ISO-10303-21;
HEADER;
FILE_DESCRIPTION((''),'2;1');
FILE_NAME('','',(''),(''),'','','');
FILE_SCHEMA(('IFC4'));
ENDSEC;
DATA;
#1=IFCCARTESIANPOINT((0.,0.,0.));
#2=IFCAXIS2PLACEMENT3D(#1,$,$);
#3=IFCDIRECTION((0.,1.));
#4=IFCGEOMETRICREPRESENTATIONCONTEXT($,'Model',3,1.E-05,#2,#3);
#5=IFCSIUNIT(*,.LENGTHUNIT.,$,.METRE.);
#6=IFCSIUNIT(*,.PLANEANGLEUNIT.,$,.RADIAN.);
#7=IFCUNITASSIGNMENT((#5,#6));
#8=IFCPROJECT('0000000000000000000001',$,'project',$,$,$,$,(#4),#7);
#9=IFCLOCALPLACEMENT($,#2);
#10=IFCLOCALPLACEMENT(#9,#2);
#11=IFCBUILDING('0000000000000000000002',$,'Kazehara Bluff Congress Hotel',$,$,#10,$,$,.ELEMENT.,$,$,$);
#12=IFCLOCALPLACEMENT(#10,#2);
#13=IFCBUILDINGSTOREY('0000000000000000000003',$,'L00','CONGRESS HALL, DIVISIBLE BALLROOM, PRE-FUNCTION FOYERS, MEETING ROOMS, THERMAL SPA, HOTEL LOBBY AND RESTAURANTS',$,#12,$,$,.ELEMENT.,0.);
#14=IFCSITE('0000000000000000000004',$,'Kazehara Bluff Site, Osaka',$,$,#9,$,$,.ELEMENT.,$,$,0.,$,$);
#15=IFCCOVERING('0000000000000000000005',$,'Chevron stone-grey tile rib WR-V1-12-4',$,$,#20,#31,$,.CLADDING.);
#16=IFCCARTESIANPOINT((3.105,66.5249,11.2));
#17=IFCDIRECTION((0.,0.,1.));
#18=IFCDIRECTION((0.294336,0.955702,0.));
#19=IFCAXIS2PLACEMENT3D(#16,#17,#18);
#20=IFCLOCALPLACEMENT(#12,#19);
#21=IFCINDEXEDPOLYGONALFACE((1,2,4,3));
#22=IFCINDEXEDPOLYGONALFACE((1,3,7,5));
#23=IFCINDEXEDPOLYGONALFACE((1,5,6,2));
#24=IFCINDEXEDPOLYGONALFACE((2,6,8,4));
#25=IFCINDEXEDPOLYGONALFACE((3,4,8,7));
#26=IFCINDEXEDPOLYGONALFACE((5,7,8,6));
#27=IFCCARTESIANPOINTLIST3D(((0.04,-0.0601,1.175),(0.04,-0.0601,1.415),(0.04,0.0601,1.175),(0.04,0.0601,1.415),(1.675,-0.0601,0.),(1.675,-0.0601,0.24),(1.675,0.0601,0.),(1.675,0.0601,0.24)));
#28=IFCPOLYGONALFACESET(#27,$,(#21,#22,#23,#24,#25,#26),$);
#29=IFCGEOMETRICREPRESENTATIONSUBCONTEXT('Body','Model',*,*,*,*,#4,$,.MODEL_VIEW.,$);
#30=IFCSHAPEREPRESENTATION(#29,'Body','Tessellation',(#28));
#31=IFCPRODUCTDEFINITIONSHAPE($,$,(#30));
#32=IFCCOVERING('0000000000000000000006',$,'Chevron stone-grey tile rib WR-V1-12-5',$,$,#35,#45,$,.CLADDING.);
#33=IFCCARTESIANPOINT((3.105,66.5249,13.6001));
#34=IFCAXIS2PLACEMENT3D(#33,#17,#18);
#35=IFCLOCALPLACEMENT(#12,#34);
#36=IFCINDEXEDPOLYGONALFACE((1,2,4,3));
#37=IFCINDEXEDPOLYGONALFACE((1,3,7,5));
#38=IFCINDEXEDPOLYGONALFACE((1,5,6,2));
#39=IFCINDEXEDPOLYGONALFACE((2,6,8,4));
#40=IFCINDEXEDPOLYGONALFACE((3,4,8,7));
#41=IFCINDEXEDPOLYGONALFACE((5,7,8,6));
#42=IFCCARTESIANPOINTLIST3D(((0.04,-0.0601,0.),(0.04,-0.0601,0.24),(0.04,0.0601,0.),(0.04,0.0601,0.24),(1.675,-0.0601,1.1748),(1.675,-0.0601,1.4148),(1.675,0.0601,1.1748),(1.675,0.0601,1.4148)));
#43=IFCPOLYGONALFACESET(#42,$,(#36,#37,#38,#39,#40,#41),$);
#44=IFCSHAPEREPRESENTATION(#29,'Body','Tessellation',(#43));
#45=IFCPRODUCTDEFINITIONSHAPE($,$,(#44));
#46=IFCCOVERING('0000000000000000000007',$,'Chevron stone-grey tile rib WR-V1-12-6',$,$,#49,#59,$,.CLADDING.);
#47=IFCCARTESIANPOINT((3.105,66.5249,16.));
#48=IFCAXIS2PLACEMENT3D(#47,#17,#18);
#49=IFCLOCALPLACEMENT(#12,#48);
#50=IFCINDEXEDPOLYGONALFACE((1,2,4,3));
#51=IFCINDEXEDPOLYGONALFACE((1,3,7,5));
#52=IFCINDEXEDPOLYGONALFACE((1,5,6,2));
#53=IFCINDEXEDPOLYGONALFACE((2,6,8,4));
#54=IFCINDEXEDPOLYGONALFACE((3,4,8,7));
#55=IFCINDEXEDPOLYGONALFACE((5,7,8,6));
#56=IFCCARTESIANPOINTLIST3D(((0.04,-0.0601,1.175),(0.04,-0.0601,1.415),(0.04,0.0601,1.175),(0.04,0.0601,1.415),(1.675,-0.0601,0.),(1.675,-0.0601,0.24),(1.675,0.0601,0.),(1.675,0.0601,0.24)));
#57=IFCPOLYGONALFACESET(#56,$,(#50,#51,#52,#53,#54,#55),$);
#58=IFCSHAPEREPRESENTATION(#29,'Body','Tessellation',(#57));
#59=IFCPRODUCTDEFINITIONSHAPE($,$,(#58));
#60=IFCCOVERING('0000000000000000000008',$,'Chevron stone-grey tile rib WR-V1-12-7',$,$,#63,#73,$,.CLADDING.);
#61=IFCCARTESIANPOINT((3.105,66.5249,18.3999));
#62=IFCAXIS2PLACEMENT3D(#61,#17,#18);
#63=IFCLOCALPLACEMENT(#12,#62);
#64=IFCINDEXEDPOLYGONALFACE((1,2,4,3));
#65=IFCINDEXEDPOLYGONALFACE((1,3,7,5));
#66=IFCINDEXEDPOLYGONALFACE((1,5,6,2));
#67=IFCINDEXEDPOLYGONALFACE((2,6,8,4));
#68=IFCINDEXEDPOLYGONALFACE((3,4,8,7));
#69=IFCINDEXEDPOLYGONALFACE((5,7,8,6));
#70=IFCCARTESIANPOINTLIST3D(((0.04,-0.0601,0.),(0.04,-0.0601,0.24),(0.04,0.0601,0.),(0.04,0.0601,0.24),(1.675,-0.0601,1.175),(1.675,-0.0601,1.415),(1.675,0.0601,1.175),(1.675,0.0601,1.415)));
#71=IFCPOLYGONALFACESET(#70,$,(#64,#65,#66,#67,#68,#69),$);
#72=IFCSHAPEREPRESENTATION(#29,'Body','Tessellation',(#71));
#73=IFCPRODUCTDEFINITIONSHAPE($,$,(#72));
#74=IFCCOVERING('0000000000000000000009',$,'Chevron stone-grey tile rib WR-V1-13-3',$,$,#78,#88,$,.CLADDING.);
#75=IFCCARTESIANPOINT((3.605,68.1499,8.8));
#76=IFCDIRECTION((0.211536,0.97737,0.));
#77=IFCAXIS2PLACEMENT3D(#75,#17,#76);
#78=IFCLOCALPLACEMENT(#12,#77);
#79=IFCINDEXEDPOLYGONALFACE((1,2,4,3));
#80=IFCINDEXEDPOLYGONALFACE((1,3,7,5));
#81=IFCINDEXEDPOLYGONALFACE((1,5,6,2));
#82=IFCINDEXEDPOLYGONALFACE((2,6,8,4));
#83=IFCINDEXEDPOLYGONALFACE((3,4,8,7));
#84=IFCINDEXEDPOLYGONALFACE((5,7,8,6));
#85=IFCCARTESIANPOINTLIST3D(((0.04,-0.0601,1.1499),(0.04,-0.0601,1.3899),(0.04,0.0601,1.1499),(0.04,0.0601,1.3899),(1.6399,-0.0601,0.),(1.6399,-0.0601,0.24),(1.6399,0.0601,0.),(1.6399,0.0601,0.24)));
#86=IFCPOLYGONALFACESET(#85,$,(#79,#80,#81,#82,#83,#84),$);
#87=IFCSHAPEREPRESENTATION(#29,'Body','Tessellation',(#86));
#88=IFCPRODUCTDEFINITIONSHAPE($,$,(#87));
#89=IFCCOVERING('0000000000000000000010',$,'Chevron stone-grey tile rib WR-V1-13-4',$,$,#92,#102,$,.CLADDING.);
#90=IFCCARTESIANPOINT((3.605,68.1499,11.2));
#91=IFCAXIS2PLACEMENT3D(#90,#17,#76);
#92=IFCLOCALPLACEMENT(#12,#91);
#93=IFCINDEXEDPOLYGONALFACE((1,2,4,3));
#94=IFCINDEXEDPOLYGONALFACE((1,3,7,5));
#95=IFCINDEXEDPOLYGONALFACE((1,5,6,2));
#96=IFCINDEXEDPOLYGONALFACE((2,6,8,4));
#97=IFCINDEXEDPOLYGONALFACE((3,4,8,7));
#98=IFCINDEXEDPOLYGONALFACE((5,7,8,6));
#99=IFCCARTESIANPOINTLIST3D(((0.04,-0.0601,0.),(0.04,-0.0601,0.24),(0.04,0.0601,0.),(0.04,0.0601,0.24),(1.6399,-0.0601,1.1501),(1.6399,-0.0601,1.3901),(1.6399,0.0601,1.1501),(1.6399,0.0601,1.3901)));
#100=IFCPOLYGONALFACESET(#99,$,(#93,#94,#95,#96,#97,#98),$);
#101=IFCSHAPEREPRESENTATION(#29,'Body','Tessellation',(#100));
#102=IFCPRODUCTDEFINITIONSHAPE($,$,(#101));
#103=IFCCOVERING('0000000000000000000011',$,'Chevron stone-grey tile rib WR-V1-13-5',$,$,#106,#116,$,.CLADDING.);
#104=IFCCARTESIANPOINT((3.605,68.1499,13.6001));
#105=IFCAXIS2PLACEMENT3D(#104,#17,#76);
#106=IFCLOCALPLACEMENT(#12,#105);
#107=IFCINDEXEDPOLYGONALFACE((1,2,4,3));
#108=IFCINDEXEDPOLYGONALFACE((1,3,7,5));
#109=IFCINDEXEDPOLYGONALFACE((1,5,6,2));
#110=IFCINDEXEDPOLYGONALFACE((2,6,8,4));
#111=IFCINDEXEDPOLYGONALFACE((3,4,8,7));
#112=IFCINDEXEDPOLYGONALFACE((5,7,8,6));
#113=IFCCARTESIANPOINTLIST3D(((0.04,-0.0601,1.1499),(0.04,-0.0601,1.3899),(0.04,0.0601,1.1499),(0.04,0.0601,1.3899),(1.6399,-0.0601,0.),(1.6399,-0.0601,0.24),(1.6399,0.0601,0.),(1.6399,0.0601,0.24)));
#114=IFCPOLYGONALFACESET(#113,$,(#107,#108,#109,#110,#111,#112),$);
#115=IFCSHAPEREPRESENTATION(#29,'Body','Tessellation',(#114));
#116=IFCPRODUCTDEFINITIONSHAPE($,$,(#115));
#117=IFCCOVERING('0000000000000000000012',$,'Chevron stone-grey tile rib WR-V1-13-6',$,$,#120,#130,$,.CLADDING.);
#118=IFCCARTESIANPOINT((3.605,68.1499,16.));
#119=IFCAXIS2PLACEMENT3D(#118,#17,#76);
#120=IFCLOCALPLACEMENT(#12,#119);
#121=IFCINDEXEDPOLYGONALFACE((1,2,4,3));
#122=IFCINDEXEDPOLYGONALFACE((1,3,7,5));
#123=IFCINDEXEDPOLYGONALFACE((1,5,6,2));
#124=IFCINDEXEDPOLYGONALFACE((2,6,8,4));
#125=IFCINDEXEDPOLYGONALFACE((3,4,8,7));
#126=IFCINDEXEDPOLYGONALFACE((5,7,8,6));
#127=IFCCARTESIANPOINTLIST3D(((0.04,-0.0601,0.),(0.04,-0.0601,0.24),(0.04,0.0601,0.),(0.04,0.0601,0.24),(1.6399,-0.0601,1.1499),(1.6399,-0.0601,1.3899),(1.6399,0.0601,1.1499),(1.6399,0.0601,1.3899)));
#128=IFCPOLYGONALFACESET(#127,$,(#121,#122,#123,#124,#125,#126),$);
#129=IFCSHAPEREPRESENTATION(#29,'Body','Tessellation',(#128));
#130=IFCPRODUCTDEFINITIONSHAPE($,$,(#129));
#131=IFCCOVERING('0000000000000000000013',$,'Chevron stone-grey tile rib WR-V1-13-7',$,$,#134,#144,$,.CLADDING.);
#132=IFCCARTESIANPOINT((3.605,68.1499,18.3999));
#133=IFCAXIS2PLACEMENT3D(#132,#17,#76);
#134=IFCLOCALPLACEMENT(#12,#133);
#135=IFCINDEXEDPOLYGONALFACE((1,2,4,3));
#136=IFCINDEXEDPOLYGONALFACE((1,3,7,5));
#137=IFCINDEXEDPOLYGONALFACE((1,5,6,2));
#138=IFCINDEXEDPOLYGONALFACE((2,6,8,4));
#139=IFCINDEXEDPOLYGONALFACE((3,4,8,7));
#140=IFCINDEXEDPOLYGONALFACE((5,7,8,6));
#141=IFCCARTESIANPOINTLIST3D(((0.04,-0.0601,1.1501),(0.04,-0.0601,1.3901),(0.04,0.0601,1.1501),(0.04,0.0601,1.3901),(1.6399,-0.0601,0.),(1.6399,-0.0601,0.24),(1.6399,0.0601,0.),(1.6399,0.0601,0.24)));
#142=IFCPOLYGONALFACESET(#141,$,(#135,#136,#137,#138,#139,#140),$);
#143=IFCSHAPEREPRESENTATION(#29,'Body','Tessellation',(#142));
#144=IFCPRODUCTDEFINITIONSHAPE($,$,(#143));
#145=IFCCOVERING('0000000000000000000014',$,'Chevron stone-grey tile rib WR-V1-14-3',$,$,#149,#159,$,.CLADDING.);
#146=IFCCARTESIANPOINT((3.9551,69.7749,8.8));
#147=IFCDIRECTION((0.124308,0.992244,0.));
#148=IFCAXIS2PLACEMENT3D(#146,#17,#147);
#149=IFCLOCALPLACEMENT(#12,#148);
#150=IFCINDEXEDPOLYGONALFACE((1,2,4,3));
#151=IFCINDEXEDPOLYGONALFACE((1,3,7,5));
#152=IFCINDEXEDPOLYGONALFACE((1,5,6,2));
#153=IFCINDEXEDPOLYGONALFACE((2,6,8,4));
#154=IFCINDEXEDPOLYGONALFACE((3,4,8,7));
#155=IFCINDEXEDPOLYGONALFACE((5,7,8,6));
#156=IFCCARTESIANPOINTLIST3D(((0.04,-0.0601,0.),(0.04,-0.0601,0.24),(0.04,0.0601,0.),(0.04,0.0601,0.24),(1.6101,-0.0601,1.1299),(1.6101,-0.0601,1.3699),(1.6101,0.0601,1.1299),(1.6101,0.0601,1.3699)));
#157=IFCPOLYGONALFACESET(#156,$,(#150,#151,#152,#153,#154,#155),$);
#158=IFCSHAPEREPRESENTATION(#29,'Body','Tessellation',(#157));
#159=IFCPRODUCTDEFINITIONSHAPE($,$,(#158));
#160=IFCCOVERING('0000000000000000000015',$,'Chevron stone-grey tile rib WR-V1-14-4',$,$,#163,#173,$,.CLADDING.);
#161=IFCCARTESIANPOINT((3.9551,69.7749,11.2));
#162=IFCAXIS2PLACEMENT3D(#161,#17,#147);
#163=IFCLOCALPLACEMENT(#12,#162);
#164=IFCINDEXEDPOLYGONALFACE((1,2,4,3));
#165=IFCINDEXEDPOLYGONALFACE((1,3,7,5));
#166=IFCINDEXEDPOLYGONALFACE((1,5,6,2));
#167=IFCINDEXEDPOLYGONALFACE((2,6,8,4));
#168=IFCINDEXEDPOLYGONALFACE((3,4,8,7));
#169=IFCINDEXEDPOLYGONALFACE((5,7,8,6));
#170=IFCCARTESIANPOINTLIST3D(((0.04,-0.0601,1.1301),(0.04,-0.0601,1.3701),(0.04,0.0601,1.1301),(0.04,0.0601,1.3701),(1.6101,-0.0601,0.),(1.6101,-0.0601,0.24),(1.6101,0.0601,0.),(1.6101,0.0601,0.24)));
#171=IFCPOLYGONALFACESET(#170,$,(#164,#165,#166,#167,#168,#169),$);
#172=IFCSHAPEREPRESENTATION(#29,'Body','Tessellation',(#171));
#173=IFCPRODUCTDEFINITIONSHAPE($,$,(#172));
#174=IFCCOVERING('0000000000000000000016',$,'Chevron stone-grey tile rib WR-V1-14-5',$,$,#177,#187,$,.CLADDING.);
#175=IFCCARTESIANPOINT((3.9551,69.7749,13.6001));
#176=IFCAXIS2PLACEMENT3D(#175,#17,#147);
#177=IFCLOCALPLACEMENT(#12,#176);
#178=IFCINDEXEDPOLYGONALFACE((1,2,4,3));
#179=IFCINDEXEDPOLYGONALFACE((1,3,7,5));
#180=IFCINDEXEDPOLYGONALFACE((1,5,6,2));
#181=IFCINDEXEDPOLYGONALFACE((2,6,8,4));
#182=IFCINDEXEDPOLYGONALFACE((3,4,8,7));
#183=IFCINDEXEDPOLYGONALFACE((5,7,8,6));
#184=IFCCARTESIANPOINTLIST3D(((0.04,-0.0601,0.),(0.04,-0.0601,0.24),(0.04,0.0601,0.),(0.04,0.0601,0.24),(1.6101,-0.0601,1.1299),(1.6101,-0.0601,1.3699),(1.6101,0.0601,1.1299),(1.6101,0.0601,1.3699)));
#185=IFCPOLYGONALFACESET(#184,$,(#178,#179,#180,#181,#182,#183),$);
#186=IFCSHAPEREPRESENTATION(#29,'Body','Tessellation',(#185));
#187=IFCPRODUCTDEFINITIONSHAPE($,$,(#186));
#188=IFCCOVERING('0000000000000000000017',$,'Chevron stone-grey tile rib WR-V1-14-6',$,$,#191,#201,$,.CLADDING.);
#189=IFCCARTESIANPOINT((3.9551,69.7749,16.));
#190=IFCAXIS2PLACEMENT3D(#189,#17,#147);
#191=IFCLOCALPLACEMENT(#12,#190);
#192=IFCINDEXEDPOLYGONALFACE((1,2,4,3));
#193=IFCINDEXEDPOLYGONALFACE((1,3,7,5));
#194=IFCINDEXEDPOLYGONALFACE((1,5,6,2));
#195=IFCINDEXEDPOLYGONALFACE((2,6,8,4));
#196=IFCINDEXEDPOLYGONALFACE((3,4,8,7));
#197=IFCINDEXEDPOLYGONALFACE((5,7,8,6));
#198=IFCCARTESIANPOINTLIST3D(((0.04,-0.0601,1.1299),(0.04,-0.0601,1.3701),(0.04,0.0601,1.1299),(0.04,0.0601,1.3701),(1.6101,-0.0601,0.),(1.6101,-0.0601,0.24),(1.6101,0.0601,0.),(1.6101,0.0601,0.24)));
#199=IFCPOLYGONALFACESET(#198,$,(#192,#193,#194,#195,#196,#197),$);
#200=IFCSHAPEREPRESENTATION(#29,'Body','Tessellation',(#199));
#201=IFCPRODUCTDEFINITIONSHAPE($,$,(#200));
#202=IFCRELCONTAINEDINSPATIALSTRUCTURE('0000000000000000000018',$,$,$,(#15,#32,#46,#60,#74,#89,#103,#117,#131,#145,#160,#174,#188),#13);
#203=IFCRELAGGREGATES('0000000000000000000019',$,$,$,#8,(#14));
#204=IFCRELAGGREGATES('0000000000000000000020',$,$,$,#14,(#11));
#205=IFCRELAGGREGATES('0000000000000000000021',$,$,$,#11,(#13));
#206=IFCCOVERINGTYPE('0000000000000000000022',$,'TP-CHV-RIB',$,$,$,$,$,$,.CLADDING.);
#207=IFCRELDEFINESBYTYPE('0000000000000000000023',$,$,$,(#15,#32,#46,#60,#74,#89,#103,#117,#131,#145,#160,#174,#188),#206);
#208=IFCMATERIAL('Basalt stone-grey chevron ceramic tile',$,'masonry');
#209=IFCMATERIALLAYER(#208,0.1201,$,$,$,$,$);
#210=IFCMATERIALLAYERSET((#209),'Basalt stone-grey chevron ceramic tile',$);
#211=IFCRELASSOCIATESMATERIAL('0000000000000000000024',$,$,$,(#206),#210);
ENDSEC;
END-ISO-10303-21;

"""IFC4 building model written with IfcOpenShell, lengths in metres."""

from ifc_helpers import new_model, si_unit, direction, frame, origin, place, context, subcontext, project, spatial, polyline, outline, extrude, material, layer, layer_set, type_object, element, save


model = new_model("IFC4")

# Units and contexts
model_context = context("Model", 3, precision=1e-05, world=origin(), true_north=direction((0.0, 1.0)))
body_context = subcontext(model_context, "Body", "Model", "MODEL_VIEW")
ifc_project = project(units=[si_unit("LENGTHUNIT", "METRE"), si_unit("PLANEANGLEUNIT", "RADIAN")], contexts=[model_context])

# Site, building, storey
site_placement = place(None, origin())
site = spatial("IfcSite", under=ifc_project, at=site_placement, Name="Kazehara Bluff Site, Osaka", CompositionType="ELEMENT", RefElevation=0.0)
building_placement = place(site_placement, origin())
building = spatial("IfcBuilding", under=site, at=building_placement, Name="Kazehara Bluff Congress Hotel", CompositionType="ELEMENT")
storey_placement = place(building_placement, origin())
storey = spatial("IfcBuildingStorey", under=building, at=storey_placement, Name="L00", Description="CONGRESS HALL, DIVISIBLE BALLROOM, PRE-FUNCTION FOYERS, MEETING ROOMS, THERMAL SPA, HOTEL LOBBY AND RESTAURANTS", CompositionType="ELEMENT", Elevation=0.0)

# Coverings
ifc_material = material(Name="Basalt stone-grey chevron ceramic tile", Category="masonry")
ifc_layer = layer(ifc_material, 0.1201)
ifc_layer_set = layer_set([ifc_layer], Name="Basalt stone-grey chevron ceramic tile")
covering_type = type_object("IfcCoveringType", Name="TP-CHV-RIB", PredefinedType="CLADDING", material=ifc_layer_set)
covering_1_placement = place(storey_placement, frame((3.105, 66.5249, 11.2), z_axis=(0.0, 0.0, 1.0), x_axis=(0.294336, 0.955702, 0.0)))
element("IfcCovering", 1, at=covering_1_placement, inside=storey, type_object=covering_type, Name="Chevron stone-grey tile rib WR-V1-12-4", PredefinedType="CLADDING", context=body_context, shape_type="SweptSolid", body=[
    extrude(outline(polyline([(0.04, 1.175), (1.675, 0.0), (1.675, 0.24), (0.04, 1.415), (0.04, 1.175)])), frame((0.0, 0.0601, 0.0), z_axis=(0.0, -1.0, 0.0), x_axis=(1.0, 0.0, 0.0)), (0.0, 0.0, 1.0), 0.1201),
])
covering_2_placement = place(storey_placement, frame((3.105, 66.5249, 13.6001), z_axis=(0.0, 0.0, 1.0), x_axis=(0.294336, 0.955702, 0.0)))
element("IfcCovering", 2, at=covering_2_placement, inside=storey, type_object=covering_type, Name="Chevron stone-grey tile rib WR-V1-12-5", PredefinedType="CLADDING", context=body_context, shape_type="SweptSolid", body=[
    extrude(outline(polyline([(0.04, 0.0), (1.675, 1.1748), (1.675, 1.4148), (0.04, 0.24), (0.04, 0.0)])), frame((0.0, 0.0601, 0.0), z_axis=(0.0, -1.0, 0.0), x_axis=(1.0, 0.0, 0.0)), (0.0, 0.0, 1.0), 0.1201),
])
covering_3_placement = place(storey_placement, frame((3.105, 66.5249, 16.0), z_axis=(0.0, 0.0, 1.0), x_axis=(0.294336, 0.955702, 0.0)))
element("IfcCovering", 3, at=covering_3_placement, inside=storey, type_object=covering_type, Name="Chevron stone-grey tile rib WR-V1-12-6", PredefinedType="CLADDING", context=body_context, shape_type="SweptSolid", body=[
    extrude(outline(polyline([(0.04, 1.175), (1.675, 0.0), (1.675, 0.24), (0.04, 1.415), (0.04, 1.175)])), frame((0.0, 0.0601, 0.0), z_axis=(0.0, -1.0, 0.0), x_axis=(1.0, 0.0, 0.0)), (0.0, 0.0, 1.0), 0.1201),
])
covering_4_placement = place(storey_placement, frame((3.105, 66.5249, 18.3999), z_axis=(0.0, 0.0, 1.0), x_axis=(0.294336, 0.955702, 0.0)))
element("IfcCovering", 4, at=covering_4_placement, inside=storey, type_object=covering_type, Name="Chevron stone-grey tile rib WR-V1-12-7", PredefinedType="CLADDING", context=body_context, shape_type="SweptSolid", body=[
    extrude(outline(polyline([(0.04, 0.0), (1.675, 1.175), (1.675, 1.415), (0.04, 0.24), (0.04, 0.0)])), frame((0.0, 0.0601, 0.0), z_axis=(0.0, -1.0, 0.0), x_axis=(1.0, 0.0, 0.0)), (0.0, 0.0, 1.0), 0.1201),
])
covering_5_placement = place(storey_placement, frame((3.605, 68.1499, 8.8), z_axis=(0.0, 0.0, 1.0), x_axis=(0.211536, 0.97737, 0.0)))
element("IfcCovering", 5, at=covering_5_placement, inside=storey, type_object=covering_type, Name="Chevron stone-grey tile rib WR-V1-13-3", PredefinedType="CLADDING", context=body_context, shape_type="SweptSolid", body=[
    extrude(outline(polyline([(0.04, 1.1499), (1.6399, 0.0), (1.6399, 0.24), (0.04, 1.3899), (0.04, 1.1499)])), frame((0.0, 0.0601, 0.0), z_axis=(0.0, -1.0, 0.0), x_axis=(1.0, 0.0, 0.0)), (0.0, 0.0, 1.0), 0.1201),
])
covering_6_placement = place(storey_placement, frame((3.605, 68.1499, 11.2), z_axis=(0.0, 0.0, 1.0), x_axis=(0.211536, 0.97737, 0.0)))
element("IfcCovering", 6, at=covering_6_placement, inside=storey, type_object=covering_type, Name="Chevron stone-grey tile rib WR-V1-13-4", PredefinedType="CLADDING", context=body_context, shape_type="SweptSolid", body=[
    extrude(outline(polyline([(0.04, 0.0), (1.6399, 1.1501), (1.6399, 1.3901), (0.04, 0.24), (0.04, 0.0)])), frame((0.0, 0.0601, 0.0), z_axis=(0.0, -1.0, 0.0), x_axis=(1.0, 0.0, 0.0)), (0.0, 0.0, 1.0), 0.1201),
])
covering_7_placement = place(storey_placement, frame((3.605, 68.1499, 13.6001), z_axis=(0.0, 0.0, 1.0), x_axis=(0.211536, 0.97737, 0.0)))
element("IfcCovering", 7, at=covering_7_placement, inside=storey, type_object=covering_type, Name="Chevron stone-grey tile rib WR-V1-13-5", PredefinedType="CLADDING", context=body_context, shape_type="SweptSolid", body=[
    extrude(outline(polyline([(0.04, 1.1499), (1.6399, 0.0), (1.6399, 0.24), (0.04, 1.3899), (0.04, 1.1499)])), frame((0.0, 0.0601, 0.0), z_axis=(0.0, -1.0, 0.0), x_axis=(1.0, 0.0, 0.0)), (0.0, 0.0, 1.0), 0.1201),
])
covering_8_placement = place(storey_placement, frame((3.605, 68.1499, 16.0), z_axis=(0.0, 0.0, 1.0), x_axis=(0.211536, 0.97737, 0.0)))
element("IfcCovering", 8, at=covering_8_placement, inside=storey, type_object=covering_type, Name="Chevron stone-grey tile rib WR-V1-13-6", PredefinedType="CLADDING", context=body_context, shape_type="SweptSolid", body=[
    extrude(outline(polyline([(0.04, 0.0), (1.6399, 1.1499), (1.6399, 1.3899), (0.04, 0.24), (0.04, 0.0)])), frame((0.0, 0.0601, 0.0), z_axis=(0.0, -1.0, 0.0), x_axis=(1.0, 0.0, 0.0)), (0.0, 0.0, 1.0), 0.1201),
])
covering_9_placement = place(storey_placement, frame((3.605, 68.1499, 18.3999), z_axis=(0.0, 0.0, 1.0), x_axis=(0.211536, 0.97737, 0.0)))
element("IfcCovering", 9, at=covering_9_placement, inside=storey, type_object=covering_type, Name="Chevron stone-grey tile rib WR-V1-13-7", PredefinedType="CLADDING", context=body_context, shape_type="SweptSolid", body=[
    extrude(outline(polyline([(0.04, 1.1501), (1.6399, 0.0), (1.6399, 0.24), (0.04, 1.3901), (0.04, 1.1501)])), frame((0.0, 0.0601, 0.0), z_axis=(0.0, -1.0, 0.0), x_axis=(1.0, 0.0, 0.0)), (0.0, 0.0, 1.0), 0.1201),
])
covering_10_placement = place(storey_placement, frame((3.9551, 69.7749, 8.8), z_axis=(0.0, 0.0, 1.0), x_axis=(0.124308, 0.992244, 0.0)))
element("IfcCovering", 10, at=covering_10_placement, inside=storey, type_object=covering_type, Name="Chevron stone-grey tile rib WR-V1-14-3", PredefinedType="CLADDING", context=body_context, shape_type="SweptSolid", body=[
    extrude(outline(polyline([(0.04, 0.0), (1.6101, 1.1299), (1.6101, 1.3699), (0.04, 0.24), (0.04, 0.0)])), frame((0.0, 0.0601, 0.0), z_axis=(0.0, -1.0, 0.0), x_axis=(1.0, 0.0, 0.0)), (0.0, 0.0, 1.0), 0.1201),
])
covering_11_placement = place(storey_placement, frame((3.9551, 69.7749, 11.2), z_axis=(0.0, 0.0, 1.0), x_axis=(0.124308, 0.992244, 0.0)))
element("IfcCovering", 11, at=covering_11_placement, inside=storey, type_object=covering_type, Name="Chevron stone-grey tile rib WR-V1-14-4", PredefinedType="CLADDING", context=body_context, shape_type="SweptSolid", body=[
    extrude(outline(polyline([(0.04, 1.1301), (1.6101, 0.0), (1.6101, 0.24), (0.04, 1.3701), (0.04, 1.1301)])), frame((0.0, 0.0601, 0.0), z_axis=(0.0, -1.0, 0.0), x_axis=(1.0, 0.0, 0.0)), (0.0, 0.0, 1.0), 0.1201),
])
covering_12_placement = place(storey_placement, frame((3.9551, 69.7749, 13.6001), z_axis=(0.0, 0.0, 1.0), x_axis=(0.124308, 0.992244, 0.0)))
element("IfcCovering", 12, at=covering_12_placement, inside=storey, type_object=covering_type, Name="Chevron stone-grey tile rib WR-V1-14-5", PredefinedType="CLADDING", context=body_context, shape_type="SweptSolid", body=[
    extrude(outline(polyline([(0.04, 0.0), (1.6101, 1.1299), (1.6101, 1.3699), (0.04, 0.24), (0.04, 0.0)])), frame((0.0, 0.0601, 0.0), z_axis=(0.0, -1.0, 0.0), x_axis=(1.0, 0.0, 0.0)), (0.0, 0.0, 1.0), 0.1201),
])
covering_13_placement = place(storey_placement, frame((3.9551, 69.7749, 16.0), z_axis=(0.0, 0.0, 1.0), x_axis=(0.124308, 0.992244, 0.0)))
element("IfcCovering", 13, at=covering_13_placement, inside=storey, type_object=covering_type, Name="Chevron stone-grey tile rib WR-V1-14-6", PredefinedType="CLADDING", context=body_context, shape_type="SweptSolid", body=[
    extrude(outline(polyline([(0.04, 1.1299), (1.6101, 0.0), (1.6101, 0.24), (0.04, 1.3701), (0.04, 1.1299)])), frame((0.0, 0.0601, 0.0), z_axis=(0.0, -1.0, 0.0), x_axis=(1.0, 0.0, 0.0)), (0.0, 0.0, 1.0), 0.1201),
])

save(model, "model.ifc")
